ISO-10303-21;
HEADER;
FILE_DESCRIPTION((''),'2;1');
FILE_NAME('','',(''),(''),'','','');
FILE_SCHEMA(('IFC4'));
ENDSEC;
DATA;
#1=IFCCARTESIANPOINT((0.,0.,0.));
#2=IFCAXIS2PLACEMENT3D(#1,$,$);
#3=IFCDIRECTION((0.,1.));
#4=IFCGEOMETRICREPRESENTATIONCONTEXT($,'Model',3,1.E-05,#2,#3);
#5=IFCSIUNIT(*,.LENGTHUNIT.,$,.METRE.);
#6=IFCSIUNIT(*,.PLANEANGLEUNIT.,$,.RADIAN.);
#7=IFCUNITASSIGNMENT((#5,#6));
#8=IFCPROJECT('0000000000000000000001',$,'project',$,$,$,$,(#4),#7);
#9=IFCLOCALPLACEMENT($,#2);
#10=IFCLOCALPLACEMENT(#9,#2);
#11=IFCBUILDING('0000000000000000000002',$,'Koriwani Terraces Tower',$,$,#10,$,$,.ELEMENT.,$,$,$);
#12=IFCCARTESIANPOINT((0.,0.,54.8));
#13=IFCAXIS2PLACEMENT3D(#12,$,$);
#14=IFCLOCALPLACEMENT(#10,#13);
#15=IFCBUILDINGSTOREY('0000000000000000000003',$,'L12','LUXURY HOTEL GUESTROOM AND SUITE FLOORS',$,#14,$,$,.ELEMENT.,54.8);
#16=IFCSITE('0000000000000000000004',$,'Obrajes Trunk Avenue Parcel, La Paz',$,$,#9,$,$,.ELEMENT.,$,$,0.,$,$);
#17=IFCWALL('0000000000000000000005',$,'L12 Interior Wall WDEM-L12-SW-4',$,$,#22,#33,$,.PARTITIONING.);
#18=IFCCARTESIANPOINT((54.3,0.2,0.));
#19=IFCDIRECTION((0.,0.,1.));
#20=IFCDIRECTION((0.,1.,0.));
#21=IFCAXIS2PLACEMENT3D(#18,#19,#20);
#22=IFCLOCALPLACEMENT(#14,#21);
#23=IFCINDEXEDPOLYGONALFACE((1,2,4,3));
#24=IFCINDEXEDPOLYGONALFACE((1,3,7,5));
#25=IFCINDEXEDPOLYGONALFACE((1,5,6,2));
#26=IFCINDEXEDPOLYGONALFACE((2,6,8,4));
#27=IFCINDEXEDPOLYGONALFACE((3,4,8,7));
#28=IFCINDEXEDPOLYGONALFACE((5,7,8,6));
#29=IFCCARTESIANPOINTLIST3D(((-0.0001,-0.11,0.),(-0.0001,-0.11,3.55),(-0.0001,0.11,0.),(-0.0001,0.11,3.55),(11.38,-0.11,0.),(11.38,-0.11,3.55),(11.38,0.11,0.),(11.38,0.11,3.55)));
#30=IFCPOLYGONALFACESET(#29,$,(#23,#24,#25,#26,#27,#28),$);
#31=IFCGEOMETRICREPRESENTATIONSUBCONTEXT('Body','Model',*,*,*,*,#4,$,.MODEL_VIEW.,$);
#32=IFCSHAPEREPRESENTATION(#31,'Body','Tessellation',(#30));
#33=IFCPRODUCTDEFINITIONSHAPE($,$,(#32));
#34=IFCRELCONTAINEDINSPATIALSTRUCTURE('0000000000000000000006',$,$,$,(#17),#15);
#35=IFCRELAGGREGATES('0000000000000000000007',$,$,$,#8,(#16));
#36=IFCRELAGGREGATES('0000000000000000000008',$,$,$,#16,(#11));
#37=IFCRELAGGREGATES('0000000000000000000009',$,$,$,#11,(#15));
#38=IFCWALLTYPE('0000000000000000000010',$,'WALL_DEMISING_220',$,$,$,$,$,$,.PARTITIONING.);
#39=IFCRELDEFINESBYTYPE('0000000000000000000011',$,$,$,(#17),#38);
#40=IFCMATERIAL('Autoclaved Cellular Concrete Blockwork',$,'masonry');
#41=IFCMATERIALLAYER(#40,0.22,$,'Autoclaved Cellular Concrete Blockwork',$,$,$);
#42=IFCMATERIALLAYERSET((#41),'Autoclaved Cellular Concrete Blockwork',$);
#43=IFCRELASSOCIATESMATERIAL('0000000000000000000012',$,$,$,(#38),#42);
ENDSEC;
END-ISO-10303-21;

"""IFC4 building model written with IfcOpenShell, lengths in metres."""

from ifc_helpers import new_model, si_unit, direction, frame, frame_2d, origin, place, context, subcontext, project, spatial, rectangle, extrude, material, layer, layer_set, type_object, element, save


model = new_model("IFC4")

# Units and contexts
model_context = context("Model", 3, precision=1e-05, world=origin(), true_north=direction((0.0, 1.0)))
body_context = subcontext(model_context, "Body", "Model", "MODEL_VIEW")
ifc_project = project(units=[si_unit("LENGTHUNIT", "METRE"), si_unit("PLANEANGLEUNIT", "RADIAN")], contexts=[model_context])

# Site, building, storey
site_placement = place(None, origin())
site = spatial("IfcSite", under=ifc_project, at=site_placement, Name="Obrajes Trunk Avenue Parcel, La Paz", CompositionType="ELEMENT", RefElevation=0.0)
building_placement = place(site_placement, origin())
building = spatial("IfcBuilding", under=site, at=building_placement, Name="Koriwani Terraces Tower", CompositionType="ELEMENT")
storey_placement = place(building_placement, frame((0.0, 0.0, 54.8)))
storey = spatial("IfcBuildingStorey", under=building, at=storey_placement, Name="L12", Description="LUXURY HOTEL GUESTROOM AND SUITE FLOORS", CompositionType="ELEMENT", Elevation=54.8)

# Wall
ifc_material_1 = material(Name="Autoclaved Cellular Concrete Blockwork", Category="masonry")
ifc_layer_1 = layer(ifc_material_1, 0.22, Name="Autoclaved Cellular Concrete Blockwork")
ifc_layer_set_1 = layer_set([ifc_layer_1], Name="Autoclaved Cellular Concrete Blockwork")
wall_type_1 = type_object("IfcWallType", Name="WALL_DEMISING_220", PredefinedType="PARTITIONING", material=ifc_layer_set_1)
wall_1_placement = place(storey_placement, frame((54.3, 0.2, 0.0), z_axis=(0.0, 0.0, 1.0), x_axis=(0.0, 1.0, 0.0)))
element("IfcWall", 1, at=wall_1_placement, inside=storey, type_object=wall_type_1, Name="L12 Interior Wall WDEM-L12-SW-4", PredefinedType="PARTITIONING", context=body_context, shape_type="SweptSolid", body=[
    extrude(rectangle(XDim=11.3801, YDim=0.22, at=frame_2d((5.6899, 0.0))), origin(), (0.0, 0.0, 1.0), 3.55),
])

save(model, "model.ifc")
